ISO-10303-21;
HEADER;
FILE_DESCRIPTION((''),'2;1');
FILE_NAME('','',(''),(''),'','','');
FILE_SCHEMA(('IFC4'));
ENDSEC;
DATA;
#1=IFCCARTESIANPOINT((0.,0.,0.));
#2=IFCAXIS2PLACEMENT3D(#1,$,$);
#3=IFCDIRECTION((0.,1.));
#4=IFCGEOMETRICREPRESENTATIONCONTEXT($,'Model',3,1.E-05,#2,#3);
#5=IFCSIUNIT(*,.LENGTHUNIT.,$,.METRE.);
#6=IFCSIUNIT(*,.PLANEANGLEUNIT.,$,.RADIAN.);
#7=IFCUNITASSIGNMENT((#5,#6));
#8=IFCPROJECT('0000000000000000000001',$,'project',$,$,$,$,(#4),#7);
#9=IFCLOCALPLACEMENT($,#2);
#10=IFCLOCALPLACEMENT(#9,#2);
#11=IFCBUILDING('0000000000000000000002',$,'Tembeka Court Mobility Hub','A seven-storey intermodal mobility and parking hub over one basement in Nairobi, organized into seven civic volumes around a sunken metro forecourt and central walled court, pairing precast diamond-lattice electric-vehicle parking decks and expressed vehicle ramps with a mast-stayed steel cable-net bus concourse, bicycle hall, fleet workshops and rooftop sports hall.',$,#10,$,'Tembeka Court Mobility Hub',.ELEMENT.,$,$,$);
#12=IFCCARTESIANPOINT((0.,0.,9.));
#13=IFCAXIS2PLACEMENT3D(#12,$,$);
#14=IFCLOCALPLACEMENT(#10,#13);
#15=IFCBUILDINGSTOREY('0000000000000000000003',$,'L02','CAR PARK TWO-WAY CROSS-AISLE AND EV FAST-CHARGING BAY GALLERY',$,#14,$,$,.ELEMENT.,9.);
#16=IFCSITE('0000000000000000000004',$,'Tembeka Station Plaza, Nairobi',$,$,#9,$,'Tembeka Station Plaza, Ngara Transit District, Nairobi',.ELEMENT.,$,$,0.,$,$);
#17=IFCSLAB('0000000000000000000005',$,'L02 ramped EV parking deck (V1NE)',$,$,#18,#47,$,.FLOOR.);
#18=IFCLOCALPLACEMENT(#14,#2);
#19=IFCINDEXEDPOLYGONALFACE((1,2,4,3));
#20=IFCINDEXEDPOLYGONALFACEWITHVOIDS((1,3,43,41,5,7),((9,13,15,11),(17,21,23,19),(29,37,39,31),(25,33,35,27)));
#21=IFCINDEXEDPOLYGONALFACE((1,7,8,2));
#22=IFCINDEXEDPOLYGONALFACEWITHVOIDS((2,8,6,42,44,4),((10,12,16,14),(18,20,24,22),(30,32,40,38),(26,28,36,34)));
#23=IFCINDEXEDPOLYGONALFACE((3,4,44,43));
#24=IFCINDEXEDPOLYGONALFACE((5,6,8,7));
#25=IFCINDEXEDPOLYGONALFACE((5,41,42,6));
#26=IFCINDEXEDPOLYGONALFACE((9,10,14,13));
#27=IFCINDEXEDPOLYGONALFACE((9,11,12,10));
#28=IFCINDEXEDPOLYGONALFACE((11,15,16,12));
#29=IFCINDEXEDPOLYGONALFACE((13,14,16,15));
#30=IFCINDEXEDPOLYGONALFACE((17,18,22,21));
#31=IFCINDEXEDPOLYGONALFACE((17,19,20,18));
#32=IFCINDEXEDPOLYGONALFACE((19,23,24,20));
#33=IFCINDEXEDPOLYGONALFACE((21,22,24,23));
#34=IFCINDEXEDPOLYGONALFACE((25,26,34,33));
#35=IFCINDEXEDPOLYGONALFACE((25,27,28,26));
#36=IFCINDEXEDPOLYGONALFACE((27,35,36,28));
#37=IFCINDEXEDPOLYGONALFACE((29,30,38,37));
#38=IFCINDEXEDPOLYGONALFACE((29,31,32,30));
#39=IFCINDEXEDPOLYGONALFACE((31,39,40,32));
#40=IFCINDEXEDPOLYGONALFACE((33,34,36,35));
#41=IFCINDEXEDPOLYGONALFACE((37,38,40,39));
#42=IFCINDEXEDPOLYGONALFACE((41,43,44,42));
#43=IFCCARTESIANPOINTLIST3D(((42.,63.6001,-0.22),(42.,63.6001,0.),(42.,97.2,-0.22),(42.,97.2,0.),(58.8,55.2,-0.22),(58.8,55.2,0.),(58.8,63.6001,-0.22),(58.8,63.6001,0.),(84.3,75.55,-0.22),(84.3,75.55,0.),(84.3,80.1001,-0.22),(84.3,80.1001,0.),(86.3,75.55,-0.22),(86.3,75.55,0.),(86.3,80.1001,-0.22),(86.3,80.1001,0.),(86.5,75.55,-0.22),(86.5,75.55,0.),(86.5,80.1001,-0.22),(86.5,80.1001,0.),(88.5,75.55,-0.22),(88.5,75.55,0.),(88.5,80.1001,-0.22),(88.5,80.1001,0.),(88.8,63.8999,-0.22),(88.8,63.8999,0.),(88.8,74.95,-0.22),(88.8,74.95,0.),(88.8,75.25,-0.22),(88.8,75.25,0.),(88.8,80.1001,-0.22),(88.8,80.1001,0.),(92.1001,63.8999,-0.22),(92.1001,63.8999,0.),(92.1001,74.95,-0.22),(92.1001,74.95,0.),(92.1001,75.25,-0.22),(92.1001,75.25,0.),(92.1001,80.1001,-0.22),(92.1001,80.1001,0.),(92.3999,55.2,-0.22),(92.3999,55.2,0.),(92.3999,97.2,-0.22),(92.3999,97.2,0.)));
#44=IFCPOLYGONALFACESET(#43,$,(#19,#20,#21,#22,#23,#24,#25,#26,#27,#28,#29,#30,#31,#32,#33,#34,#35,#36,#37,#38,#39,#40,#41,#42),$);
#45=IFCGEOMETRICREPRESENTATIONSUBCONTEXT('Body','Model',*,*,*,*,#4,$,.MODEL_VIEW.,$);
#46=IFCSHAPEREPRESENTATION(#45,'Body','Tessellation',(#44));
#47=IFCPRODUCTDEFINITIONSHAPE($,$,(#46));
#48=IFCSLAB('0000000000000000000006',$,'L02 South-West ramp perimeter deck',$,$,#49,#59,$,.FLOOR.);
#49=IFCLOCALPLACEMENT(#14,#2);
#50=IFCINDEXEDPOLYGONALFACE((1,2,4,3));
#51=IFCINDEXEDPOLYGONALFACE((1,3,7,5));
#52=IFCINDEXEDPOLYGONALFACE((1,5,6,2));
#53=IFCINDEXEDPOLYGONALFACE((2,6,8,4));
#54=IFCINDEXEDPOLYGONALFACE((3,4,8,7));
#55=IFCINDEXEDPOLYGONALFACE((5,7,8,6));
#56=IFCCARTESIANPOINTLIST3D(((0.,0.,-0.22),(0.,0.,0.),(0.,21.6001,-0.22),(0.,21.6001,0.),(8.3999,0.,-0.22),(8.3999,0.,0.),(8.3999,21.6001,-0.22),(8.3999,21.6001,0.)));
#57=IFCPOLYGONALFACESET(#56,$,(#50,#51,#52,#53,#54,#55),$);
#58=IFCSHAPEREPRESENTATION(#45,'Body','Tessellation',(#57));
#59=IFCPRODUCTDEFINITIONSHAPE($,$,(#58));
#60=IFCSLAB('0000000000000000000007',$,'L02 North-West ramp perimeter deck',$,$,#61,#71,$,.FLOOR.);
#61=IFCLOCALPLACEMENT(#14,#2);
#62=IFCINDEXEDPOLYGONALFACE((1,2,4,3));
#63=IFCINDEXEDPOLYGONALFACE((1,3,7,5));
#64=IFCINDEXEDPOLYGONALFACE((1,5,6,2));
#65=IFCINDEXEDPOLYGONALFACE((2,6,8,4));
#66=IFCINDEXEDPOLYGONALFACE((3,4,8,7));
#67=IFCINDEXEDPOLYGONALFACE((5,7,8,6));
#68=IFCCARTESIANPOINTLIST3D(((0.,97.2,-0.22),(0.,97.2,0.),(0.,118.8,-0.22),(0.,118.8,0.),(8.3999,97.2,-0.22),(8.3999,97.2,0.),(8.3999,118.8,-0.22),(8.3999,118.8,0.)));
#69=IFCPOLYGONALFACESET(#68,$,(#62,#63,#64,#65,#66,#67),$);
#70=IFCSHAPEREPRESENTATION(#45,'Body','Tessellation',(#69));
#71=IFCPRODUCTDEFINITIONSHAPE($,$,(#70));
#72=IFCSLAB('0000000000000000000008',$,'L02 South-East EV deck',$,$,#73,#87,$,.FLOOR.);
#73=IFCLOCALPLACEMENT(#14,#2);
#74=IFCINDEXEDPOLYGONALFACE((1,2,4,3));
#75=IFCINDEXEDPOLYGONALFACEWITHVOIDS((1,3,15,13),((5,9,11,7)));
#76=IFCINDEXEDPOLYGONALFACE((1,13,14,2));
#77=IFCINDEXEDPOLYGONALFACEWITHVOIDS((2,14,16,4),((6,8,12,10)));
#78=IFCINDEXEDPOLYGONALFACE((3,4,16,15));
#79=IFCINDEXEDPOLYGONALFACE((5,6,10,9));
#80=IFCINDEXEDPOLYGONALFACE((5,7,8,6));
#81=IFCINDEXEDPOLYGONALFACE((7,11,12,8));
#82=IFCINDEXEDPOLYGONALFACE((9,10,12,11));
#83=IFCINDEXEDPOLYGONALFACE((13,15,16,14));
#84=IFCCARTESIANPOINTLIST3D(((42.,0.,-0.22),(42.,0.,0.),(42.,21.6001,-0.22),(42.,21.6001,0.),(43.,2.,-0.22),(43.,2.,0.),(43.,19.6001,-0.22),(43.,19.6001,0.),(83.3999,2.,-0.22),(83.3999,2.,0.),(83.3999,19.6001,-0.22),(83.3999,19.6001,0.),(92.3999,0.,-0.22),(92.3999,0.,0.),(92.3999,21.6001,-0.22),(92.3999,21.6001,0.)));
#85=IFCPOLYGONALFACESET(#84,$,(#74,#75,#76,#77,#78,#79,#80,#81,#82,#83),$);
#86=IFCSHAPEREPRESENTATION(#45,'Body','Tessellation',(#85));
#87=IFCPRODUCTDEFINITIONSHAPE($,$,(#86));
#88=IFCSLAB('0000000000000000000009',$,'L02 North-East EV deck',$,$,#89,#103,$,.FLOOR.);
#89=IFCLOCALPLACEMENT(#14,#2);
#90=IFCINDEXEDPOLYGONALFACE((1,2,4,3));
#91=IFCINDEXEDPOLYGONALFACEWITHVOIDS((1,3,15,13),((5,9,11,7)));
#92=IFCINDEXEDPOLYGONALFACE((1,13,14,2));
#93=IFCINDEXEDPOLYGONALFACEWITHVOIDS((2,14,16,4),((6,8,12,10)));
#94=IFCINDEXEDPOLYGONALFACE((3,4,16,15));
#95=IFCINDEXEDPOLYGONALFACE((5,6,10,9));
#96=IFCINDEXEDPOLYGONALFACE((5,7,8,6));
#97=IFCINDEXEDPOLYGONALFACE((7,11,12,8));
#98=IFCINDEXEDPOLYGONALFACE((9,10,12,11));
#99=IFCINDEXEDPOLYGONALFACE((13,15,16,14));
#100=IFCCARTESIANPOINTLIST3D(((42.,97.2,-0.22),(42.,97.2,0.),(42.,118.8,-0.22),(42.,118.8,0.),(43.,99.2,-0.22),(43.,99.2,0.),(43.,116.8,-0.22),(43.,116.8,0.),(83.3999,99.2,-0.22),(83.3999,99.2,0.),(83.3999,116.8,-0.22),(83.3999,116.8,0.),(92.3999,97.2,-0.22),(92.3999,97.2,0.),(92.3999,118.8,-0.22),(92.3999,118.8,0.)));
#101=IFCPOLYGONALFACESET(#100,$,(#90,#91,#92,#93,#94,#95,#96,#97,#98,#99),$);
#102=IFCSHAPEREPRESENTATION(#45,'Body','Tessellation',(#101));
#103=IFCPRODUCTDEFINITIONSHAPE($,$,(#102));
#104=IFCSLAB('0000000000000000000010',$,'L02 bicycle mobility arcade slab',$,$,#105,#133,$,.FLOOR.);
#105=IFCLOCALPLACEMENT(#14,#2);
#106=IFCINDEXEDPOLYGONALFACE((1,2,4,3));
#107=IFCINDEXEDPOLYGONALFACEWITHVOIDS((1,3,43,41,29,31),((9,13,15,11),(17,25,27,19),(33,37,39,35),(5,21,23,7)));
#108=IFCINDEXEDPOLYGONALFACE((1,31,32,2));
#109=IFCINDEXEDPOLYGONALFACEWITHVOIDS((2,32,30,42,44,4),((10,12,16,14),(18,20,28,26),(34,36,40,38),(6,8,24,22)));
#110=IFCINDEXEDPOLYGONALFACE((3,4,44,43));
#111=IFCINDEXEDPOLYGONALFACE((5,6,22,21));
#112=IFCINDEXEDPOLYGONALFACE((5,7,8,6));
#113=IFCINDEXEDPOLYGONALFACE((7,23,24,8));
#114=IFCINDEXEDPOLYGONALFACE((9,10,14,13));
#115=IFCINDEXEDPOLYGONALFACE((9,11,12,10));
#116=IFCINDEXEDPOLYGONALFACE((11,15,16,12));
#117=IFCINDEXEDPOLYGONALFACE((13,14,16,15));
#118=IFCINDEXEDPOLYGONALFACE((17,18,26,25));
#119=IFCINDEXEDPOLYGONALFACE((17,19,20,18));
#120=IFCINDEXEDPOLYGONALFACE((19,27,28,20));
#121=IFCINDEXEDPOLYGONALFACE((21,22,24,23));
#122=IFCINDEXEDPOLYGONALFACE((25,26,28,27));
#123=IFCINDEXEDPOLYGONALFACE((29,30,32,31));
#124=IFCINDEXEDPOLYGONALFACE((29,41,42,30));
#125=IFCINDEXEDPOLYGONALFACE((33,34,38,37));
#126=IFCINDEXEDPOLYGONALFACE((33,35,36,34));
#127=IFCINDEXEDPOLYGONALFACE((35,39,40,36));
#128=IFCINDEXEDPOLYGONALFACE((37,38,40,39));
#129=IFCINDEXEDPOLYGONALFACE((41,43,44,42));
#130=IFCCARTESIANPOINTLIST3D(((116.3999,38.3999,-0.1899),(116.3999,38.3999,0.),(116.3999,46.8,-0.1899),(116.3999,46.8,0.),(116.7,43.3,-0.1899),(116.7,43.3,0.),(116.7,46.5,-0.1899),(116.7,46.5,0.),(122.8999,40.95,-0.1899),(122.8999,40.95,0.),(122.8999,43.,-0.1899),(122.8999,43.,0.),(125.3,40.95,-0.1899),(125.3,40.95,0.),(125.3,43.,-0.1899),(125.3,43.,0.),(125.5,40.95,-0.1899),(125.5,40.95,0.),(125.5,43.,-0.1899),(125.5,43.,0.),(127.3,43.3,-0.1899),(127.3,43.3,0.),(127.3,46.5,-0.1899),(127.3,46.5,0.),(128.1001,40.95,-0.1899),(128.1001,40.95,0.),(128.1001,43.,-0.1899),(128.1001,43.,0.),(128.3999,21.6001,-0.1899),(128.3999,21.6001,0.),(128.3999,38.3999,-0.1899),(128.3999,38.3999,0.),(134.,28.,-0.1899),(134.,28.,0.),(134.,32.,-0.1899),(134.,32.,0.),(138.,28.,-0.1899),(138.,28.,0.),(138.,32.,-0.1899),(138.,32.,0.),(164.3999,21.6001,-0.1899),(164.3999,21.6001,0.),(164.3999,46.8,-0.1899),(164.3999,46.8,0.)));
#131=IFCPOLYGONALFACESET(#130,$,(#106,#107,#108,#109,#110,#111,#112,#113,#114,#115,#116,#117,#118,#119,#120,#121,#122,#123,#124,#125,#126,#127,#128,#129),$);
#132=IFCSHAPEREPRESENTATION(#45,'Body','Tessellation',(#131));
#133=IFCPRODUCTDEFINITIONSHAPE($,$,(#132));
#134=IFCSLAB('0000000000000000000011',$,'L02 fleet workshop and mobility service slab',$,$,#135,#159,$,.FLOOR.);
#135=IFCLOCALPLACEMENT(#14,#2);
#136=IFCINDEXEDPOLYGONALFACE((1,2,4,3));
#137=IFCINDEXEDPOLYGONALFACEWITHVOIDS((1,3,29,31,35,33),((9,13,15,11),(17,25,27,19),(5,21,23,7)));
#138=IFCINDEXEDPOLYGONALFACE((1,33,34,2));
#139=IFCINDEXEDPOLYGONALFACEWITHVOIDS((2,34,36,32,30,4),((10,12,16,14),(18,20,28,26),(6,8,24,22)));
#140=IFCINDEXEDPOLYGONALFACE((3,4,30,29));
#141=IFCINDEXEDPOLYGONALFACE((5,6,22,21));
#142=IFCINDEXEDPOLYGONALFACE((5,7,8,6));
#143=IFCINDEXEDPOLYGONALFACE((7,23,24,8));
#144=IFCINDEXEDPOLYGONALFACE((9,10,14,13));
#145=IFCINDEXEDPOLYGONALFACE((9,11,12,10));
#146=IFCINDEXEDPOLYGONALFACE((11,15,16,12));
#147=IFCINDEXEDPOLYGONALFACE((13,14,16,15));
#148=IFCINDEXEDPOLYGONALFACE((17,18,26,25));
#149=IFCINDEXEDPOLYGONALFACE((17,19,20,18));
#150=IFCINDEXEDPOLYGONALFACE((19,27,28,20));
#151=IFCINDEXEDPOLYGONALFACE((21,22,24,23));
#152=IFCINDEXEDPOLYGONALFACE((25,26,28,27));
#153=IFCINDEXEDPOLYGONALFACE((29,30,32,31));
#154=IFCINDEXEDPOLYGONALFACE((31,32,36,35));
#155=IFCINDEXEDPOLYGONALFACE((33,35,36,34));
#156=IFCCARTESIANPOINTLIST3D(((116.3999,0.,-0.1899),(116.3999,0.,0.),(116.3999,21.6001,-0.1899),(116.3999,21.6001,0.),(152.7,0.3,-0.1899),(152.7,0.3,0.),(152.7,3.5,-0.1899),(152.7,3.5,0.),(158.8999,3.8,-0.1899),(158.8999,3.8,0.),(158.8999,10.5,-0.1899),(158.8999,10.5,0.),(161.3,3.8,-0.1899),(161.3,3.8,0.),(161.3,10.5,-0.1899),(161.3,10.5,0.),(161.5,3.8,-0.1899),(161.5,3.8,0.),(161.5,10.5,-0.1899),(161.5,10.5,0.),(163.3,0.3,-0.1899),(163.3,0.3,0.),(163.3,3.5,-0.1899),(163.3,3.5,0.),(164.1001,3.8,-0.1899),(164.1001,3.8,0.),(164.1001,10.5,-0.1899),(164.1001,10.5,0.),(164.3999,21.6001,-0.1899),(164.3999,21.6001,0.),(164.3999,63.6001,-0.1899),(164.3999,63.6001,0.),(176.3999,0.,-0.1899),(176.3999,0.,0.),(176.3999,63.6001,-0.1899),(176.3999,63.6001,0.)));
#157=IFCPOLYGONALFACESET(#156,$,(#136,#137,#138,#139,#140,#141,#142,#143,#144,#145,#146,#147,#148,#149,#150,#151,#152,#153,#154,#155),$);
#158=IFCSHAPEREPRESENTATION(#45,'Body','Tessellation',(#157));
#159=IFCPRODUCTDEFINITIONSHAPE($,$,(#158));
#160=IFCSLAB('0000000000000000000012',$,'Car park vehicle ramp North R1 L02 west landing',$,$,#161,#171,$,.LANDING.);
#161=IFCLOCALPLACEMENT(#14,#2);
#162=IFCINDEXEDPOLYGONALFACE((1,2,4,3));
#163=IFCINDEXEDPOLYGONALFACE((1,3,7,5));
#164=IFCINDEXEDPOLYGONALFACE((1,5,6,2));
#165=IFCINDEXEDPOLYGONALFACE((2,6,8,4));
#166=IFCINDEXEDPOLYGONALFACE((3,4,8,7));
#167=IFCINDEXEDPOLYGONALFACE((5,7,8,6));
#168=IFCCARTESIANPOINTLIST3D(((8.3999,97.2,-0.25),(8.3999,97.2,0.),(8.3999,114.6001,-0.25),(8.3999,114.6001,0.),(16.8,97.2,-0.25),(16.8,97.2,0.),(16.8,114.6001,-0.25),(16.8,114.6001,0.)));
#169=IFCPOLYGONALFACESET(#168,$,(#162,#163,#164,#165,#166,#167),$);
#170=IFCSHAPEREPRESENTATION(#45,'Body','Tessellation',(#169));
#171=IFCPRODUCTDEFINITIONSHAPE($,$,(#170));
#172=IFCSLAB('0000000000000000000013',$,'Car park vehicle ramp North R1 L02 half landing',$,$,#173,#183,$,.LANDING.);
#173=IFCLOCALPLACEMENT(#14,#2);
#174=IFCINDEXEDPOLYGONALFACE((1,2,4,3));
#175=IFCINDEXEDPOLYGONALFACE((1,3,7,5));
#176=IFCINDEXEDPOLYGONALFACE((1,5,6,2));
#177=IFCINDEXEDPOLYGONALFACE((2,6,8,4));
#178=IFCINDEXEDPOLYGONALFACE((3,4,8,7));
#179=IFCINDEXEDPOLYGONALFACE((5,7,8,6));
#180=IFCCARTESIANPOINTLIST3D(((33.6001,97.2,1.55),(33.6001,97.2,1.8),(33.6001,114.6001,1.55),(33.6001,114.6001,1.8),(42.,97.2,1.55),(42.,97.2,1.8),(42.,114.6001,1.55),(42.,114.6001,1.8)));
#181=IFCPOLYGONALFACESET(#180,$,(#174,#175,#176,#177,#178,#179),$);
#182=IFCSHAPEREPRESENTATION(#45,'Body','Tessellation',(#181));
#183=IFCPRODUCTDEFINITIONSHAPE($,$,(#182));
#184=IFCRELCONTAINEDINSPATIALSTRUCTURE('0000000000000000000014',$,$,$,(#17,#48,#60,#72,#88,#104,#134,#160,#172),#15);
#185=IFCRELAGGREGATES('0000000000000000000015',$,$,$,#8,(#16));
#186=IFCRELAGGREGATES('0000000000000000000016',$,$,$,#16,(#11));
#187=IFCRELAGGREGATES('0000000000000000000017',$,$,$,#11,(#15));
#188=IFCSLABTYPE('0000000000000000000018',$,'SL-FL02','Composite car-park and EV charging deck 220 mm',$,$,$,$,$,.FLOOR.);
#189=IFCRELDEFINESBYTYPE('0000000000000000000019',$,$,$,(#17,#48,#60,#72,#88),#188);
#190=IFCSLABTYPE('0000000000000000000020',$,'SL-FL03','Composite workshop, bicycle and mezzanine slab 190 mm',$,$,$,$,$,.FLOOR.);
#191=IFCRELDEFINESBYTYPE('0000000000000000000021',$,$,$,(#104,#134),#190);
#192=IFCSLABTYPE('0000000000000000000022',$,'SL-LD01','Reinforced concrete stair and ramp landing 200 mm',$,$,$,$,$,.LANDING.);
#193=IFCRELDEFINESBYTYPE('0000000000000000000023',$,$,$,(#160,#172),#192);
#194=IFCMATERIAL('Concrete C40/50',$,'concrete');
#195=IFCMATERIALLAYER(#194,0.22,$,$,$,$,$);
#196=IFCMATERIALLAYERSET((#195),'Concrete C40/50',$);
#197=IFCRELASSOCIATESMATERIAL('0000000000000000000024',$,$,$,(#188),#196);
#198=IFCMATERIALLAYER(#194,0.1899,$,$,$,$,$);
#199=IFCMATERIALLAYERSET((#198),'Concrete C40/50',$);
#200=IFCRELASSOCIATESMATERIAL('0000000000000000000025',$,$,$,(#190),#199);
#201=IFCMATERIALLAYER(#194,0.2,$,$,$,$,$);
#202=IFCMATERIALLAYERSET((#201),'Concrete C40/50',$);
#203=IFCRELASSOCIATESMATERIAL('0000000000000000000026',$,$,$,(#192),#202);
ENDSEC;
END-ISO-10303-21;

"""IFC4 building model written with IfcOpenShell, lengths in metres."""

from ifc_helpers import new_model, si_unit, direction, frame, origin, place, context, subcontext, project, spatial, polyline, outline, extrude, material, layer, layer_set, type_object, element, save


model = new_model("IFC4")

# Units and contexts
model_context = context("Model", 3, precision=1e-05, world=origin(), true_north=direction((0.0, 1.0)))
body_context = subcontext(model_context, "Body", "Model", "MODEL_VIEW")
ifc_project = project(units=[si_unit("LENGTHUNIT", "METRE"), si_unit("PLANEANGLEUNIT", "RADIAN")], contexts=[model_context])

# Site, building, storey
site_placement = place(None, origin())
site = spatial("IfcSite", under=ifc_project, at=site_placement, Name="Tembeka Station Plaza, Nairobi", LongName="Tembeka Station Plaza, Ngara Transit District, Nairobi", CompositionType="ELEMENT", RefElevation=0.0)
building_placement = place(site_placement, origin())
building = spatial("IfcBuilding", under=site, at=building_placement, Name="Tembeka Court Mobility Hub", Description="A seven-storey intermodal mobility and parking hub over one basement in Nairobi, organized into seven civic volumes around a sunken metro forecourt and central walled court, pairing precast diamond-lattice electric-vehicle parking decks and expressed vehicle ramps with a mast-stayed steel cable-net bus concourse, bicycle hall, fleet workshops and rooftop sports hall.", LongName="Tembeka Court Mobility Hub", CompositionType="ELEMENT")
storey_placement = place(building_placement, frame((0.0, 0.0, 9.0)))
storey = spatial("IfcBuildingStorey", under=building, at=storey_placement, Name="L02", Description="CAR PARK TWO-WAY CROSS-AISLE AND EV FAST-CHARGING BAY GALLERY", CompositionType="ELEMENT", Elevation=9.0)

# Slabs
ifc_material_1 = material(Name="Concrete C40/50", Category="concrete")
ifc_layer_1 = layer(ifc_material_1, 0.22)
ifc_layer_set_1 = layer_set([ifc_layer_1], Name="Concrete C40/50")
slab_type_1 = type_object("IfcSlabType", Name="SL-FL02", Description="Composite car-park and EV charging deck 220 mm", PredefinedType="FLOOR", material=ifc_layer_set_1)
slab_1_placement = place(storey_placement, frame((0.0, 0.0, -0.22)))
element("IfcSlab", 1, at=slab_1_placement, inside=storey, type_object=slab_type_1, Name="L02 ramped EV parking deck (V1NE)", PredefinedType="FLOOR", context=body_context, shape_type="SweptSolid", body=[
    extrude(outline(polyline([(42.0, 63.6001), (58.8, 63.6001), (58.8, 55.2), (92.3999, 55.2), (92.3999, 97.2), (42.0, 97.2), (42.0, 63.6001)]), holes=[polyline([(88.8, 74.95), (92.1001, 74.95), (92.1001, 63.8999), (88.8, 63.8999), (88.8, 74.95)]), polyline([(84.3, 80.1001), (86.3, 80.1001), (86.3, 75.55), (84.3, 75.55), (84.3, 80.1001)]), polyline([(86.5, 80.1001), (88.5, 80.1001), (88.5, 75.55), (86.5, 75.55), (86.5, 80.1001)]), polyline([(88.8, 80.1001), (92.1001, 80.1001), (92.1001, 75.25), (88.8, 75.25), (88.8, 80.1001)])]), origin(), (0.0, 0.0, 1.0), 0.22),
])
slab_2_placement = place(storey_placement, frame((0.0, 0.0, -0.22)))
element("IfcSlab", 2, at=slab_2_placement, inside=storey, type_object=slab_type_1, Name="L02 South-West ramp perimeter deck", PredefinedType="FLOOR", context=body_context, shape_type="SweptSolid", body=[
    extrude(outline(polyline([(0.0, 0.0), (8.3999, 0.0), (8.3999, 21.6001), (0.0, 21.6001), (0.0, 0.0)])), origin(), (0.0, 0.0, 1.0), 0.22),
])
slab_3_placement = place(storey_placement, frame((0.0, 0.0, -0.22)))
element("IfcSlab", 3, at=slab_3_placement, inside=storey, type_object=slab_type_1, Name="L02 North-West ramp perimeter deck", PredefinedType="FLOOR", context=body_context, shape_type="SweptSolid", body=[
    extrude(outline(polyline([(0.0, 97.2), (8.3999, 97.2), (8.3999, 118.8), (0.0, 118.8), (0.0, 97.2)])), origin(), (0.0, 0.0, 1.0), 0.22),
])
slab_4_placement = place(storey_placement, frame((0.0, 0.0, -0.22)))
element("IfcSlab", 4, at=slab_4_placement, inside=storey, type_object=slab_type_1, Name="L02 South-East EV deck", PredefinedType="FLOOR", context=body_context, shape_type="SweptSolid", body=[
    extrude(outline(polyline([(42.0, 0.0), (92.3999, 0.0), (92.3999, 21.6001), (42.0, 21.6001), (42.0, 0.0)]), holes=[polyline([(43.0, 19.6001), (83.3999, 19.6001), (83.3999, 2.0), (43.0, 2.0), (43.0, 19.6001)])]), origin(), (0.0, 0.0, 1.0), 0.22),
])
slab_5_placement = place(storey_placement, frame((0.0, 0.0, -0.22)))
element("IfcSlab", 5, at=slab_5_placement, inside=storey, type_object=slab_type_1, Name="L02 North-East EV deck", PredefinedType="FLOOR", context=body_context, shape_type="SweptSolid", body=[
    extrude(outline(polyline([(42.0, 97.2), (92.3999, 97.2), (92.3999, 118.8), (42.0, 118.8), (42.0, 97.2)]), holes=[polyline([(43.0, 116.8), (83.3999, 116.8), (83.3999, 99.2), (43.0, 99.2), (43.0, 116.8)])]), origin(), (0.0, 0.0, 1.0), 0.22),
])
ifc_layer_2 = layer(ifc_material_1, 0.1899)
ifc_layer_set_2 = layer_set([ifc_layer_2], Name="Concrete C40/50")
slab_type_2 = type_object("IfcSlabType", Name="SL-FL03", Description="Composite workshop, bicycle and mezzanine slab 190 mm", PredefinedType="FLOOR", material=ifc_layer_set_2)
slab_6_placement = place(storey_placement, frame((0.0, 0.0, -0.1899)))
element("IfcSlab", 6, at=slab_6_placement, inside=storey, type_object=slab_type_2, Name="L02 bicycle mobility arcade slab", PredefinedType="FLOOR", context=body_context, shape_type="SweptSolid", body=[
    extrude(outline(polyline([(128.3999, 21.6001), (164.3999, 21.6001), (164.3999, 46.8), (116.3999, 46.8), (116.3999, 38.3999), (128.3999, 38.3999), (128.3999, 21.6001)]), holes=[polyline([(116.7, 46.5), (127.3, 46.5), (127.3, 43.3), (116.7, 43.3), (116.7, 46.5)]), polyline([(122.8999, 43.0), (125.3, 43.0), (125.3, 40.95), (122.8999, 40.95), (122.8999, 43.0)]), polyline([(125.5, 43.0), (128.1001, 43.0), (128.1001, 40.95), (125.5, 40.95), (125.5, 43.0)]), polyline([(134.0, 32.0), (138.0, 32.0), (138.0, 28.0), (134.0, 28.0), (134.0, 32.0)])]), origin(), (0.0, 0.0, 1.0), 0.1899),
])
slab_7_placement = place(storey_placement, frame((0.0, 0.0, -0.1899)))
element("IfcSlab", 7, at=slab_7_placement, inside=storey, type_object=slab_type_2, Name="L02 fleet workshop and mobility service slab", PredefinedType="FLOOR", context=body_context, shape_type="SweptSolid", body=[
    extrude(outline(polyline([(116.3999, 0.0), (176.3999, 0.0), (176.3999, 63.6001), (164.3999, 63.6001), (164.3999, 21.6001), (116.3999, 21.6001), (116.3999, 0.0)]), holes=[polyline([(152.7, 3.5), (163.3, 3.5), (163.3, 0.3), (152.7, 0.3), (152.7, 3.5)]), polyline([(158.8999, 10.5), (161.3, 10.5), (161.3, 3.8), (158.8999, 3.8), (158.8999, 10.5)]), polyline([(161.5, 10.5), (164.1001, 10.5), (164.1001, 3.8), (161.5, 3.8), (161.5, 10.5)])]), origin(), (0.0, 0.0, 1.0), 0.1899),
])
ifc_layer_3 = layer(ifc_material_1, 0.2)
ifc_layer_set_3 = layer_set([ifc_layer_3], Name="Concrete C40/50")
slab_type_3 = type_object("IfcSlabType", Name="SL-LD01", Description="Reinforced concrete stair and ramp landing 200 mm", PredefinedType="LANDING", material=ifc_layer_set_3)
slab_8_placement = place(storey_placement, frame((0.0, 0.0, -0.25)))
element("IfcSlab", 8, at=slab_8_placement, inside=storey, type_object=slab_type_3, Name="Car park vehicle ramp North R1 L02 west landing", PredefinedType="LANDING", context=body_context, shape_type="SweptSolid", body=[
    extrude(outline(polyline([(8.3999, 97.2), (16.8, 97.2), (16.8, 114.6001), (8.3999, 114.6001), (8.3999, 97.2)])), origin(), (0.0, 0.0, 1.0), 0.25),
])
slab_9_placement = place(storey_placement, frame((0.0, 0.0, 1.55)))
element("IfcSlab", 9, at=slab_9_placement, inside=storey, type_object=slab_type_3, Name="Car park vehicle ramp North R1 L02 half landing", PredefinedType="LANDING", context=body_context, shape_type="SweptSolid", body=[
    extrude(outline(polyline([(33.6001, 97.2), (42.0, 97.2), (42.0, 114.6001), (33.6001, 114.6001), (33.6001, 97.2)])), origin(), (0.0, 0.0, 1.0), 0.25),
])

save(model, "model.ifc")
